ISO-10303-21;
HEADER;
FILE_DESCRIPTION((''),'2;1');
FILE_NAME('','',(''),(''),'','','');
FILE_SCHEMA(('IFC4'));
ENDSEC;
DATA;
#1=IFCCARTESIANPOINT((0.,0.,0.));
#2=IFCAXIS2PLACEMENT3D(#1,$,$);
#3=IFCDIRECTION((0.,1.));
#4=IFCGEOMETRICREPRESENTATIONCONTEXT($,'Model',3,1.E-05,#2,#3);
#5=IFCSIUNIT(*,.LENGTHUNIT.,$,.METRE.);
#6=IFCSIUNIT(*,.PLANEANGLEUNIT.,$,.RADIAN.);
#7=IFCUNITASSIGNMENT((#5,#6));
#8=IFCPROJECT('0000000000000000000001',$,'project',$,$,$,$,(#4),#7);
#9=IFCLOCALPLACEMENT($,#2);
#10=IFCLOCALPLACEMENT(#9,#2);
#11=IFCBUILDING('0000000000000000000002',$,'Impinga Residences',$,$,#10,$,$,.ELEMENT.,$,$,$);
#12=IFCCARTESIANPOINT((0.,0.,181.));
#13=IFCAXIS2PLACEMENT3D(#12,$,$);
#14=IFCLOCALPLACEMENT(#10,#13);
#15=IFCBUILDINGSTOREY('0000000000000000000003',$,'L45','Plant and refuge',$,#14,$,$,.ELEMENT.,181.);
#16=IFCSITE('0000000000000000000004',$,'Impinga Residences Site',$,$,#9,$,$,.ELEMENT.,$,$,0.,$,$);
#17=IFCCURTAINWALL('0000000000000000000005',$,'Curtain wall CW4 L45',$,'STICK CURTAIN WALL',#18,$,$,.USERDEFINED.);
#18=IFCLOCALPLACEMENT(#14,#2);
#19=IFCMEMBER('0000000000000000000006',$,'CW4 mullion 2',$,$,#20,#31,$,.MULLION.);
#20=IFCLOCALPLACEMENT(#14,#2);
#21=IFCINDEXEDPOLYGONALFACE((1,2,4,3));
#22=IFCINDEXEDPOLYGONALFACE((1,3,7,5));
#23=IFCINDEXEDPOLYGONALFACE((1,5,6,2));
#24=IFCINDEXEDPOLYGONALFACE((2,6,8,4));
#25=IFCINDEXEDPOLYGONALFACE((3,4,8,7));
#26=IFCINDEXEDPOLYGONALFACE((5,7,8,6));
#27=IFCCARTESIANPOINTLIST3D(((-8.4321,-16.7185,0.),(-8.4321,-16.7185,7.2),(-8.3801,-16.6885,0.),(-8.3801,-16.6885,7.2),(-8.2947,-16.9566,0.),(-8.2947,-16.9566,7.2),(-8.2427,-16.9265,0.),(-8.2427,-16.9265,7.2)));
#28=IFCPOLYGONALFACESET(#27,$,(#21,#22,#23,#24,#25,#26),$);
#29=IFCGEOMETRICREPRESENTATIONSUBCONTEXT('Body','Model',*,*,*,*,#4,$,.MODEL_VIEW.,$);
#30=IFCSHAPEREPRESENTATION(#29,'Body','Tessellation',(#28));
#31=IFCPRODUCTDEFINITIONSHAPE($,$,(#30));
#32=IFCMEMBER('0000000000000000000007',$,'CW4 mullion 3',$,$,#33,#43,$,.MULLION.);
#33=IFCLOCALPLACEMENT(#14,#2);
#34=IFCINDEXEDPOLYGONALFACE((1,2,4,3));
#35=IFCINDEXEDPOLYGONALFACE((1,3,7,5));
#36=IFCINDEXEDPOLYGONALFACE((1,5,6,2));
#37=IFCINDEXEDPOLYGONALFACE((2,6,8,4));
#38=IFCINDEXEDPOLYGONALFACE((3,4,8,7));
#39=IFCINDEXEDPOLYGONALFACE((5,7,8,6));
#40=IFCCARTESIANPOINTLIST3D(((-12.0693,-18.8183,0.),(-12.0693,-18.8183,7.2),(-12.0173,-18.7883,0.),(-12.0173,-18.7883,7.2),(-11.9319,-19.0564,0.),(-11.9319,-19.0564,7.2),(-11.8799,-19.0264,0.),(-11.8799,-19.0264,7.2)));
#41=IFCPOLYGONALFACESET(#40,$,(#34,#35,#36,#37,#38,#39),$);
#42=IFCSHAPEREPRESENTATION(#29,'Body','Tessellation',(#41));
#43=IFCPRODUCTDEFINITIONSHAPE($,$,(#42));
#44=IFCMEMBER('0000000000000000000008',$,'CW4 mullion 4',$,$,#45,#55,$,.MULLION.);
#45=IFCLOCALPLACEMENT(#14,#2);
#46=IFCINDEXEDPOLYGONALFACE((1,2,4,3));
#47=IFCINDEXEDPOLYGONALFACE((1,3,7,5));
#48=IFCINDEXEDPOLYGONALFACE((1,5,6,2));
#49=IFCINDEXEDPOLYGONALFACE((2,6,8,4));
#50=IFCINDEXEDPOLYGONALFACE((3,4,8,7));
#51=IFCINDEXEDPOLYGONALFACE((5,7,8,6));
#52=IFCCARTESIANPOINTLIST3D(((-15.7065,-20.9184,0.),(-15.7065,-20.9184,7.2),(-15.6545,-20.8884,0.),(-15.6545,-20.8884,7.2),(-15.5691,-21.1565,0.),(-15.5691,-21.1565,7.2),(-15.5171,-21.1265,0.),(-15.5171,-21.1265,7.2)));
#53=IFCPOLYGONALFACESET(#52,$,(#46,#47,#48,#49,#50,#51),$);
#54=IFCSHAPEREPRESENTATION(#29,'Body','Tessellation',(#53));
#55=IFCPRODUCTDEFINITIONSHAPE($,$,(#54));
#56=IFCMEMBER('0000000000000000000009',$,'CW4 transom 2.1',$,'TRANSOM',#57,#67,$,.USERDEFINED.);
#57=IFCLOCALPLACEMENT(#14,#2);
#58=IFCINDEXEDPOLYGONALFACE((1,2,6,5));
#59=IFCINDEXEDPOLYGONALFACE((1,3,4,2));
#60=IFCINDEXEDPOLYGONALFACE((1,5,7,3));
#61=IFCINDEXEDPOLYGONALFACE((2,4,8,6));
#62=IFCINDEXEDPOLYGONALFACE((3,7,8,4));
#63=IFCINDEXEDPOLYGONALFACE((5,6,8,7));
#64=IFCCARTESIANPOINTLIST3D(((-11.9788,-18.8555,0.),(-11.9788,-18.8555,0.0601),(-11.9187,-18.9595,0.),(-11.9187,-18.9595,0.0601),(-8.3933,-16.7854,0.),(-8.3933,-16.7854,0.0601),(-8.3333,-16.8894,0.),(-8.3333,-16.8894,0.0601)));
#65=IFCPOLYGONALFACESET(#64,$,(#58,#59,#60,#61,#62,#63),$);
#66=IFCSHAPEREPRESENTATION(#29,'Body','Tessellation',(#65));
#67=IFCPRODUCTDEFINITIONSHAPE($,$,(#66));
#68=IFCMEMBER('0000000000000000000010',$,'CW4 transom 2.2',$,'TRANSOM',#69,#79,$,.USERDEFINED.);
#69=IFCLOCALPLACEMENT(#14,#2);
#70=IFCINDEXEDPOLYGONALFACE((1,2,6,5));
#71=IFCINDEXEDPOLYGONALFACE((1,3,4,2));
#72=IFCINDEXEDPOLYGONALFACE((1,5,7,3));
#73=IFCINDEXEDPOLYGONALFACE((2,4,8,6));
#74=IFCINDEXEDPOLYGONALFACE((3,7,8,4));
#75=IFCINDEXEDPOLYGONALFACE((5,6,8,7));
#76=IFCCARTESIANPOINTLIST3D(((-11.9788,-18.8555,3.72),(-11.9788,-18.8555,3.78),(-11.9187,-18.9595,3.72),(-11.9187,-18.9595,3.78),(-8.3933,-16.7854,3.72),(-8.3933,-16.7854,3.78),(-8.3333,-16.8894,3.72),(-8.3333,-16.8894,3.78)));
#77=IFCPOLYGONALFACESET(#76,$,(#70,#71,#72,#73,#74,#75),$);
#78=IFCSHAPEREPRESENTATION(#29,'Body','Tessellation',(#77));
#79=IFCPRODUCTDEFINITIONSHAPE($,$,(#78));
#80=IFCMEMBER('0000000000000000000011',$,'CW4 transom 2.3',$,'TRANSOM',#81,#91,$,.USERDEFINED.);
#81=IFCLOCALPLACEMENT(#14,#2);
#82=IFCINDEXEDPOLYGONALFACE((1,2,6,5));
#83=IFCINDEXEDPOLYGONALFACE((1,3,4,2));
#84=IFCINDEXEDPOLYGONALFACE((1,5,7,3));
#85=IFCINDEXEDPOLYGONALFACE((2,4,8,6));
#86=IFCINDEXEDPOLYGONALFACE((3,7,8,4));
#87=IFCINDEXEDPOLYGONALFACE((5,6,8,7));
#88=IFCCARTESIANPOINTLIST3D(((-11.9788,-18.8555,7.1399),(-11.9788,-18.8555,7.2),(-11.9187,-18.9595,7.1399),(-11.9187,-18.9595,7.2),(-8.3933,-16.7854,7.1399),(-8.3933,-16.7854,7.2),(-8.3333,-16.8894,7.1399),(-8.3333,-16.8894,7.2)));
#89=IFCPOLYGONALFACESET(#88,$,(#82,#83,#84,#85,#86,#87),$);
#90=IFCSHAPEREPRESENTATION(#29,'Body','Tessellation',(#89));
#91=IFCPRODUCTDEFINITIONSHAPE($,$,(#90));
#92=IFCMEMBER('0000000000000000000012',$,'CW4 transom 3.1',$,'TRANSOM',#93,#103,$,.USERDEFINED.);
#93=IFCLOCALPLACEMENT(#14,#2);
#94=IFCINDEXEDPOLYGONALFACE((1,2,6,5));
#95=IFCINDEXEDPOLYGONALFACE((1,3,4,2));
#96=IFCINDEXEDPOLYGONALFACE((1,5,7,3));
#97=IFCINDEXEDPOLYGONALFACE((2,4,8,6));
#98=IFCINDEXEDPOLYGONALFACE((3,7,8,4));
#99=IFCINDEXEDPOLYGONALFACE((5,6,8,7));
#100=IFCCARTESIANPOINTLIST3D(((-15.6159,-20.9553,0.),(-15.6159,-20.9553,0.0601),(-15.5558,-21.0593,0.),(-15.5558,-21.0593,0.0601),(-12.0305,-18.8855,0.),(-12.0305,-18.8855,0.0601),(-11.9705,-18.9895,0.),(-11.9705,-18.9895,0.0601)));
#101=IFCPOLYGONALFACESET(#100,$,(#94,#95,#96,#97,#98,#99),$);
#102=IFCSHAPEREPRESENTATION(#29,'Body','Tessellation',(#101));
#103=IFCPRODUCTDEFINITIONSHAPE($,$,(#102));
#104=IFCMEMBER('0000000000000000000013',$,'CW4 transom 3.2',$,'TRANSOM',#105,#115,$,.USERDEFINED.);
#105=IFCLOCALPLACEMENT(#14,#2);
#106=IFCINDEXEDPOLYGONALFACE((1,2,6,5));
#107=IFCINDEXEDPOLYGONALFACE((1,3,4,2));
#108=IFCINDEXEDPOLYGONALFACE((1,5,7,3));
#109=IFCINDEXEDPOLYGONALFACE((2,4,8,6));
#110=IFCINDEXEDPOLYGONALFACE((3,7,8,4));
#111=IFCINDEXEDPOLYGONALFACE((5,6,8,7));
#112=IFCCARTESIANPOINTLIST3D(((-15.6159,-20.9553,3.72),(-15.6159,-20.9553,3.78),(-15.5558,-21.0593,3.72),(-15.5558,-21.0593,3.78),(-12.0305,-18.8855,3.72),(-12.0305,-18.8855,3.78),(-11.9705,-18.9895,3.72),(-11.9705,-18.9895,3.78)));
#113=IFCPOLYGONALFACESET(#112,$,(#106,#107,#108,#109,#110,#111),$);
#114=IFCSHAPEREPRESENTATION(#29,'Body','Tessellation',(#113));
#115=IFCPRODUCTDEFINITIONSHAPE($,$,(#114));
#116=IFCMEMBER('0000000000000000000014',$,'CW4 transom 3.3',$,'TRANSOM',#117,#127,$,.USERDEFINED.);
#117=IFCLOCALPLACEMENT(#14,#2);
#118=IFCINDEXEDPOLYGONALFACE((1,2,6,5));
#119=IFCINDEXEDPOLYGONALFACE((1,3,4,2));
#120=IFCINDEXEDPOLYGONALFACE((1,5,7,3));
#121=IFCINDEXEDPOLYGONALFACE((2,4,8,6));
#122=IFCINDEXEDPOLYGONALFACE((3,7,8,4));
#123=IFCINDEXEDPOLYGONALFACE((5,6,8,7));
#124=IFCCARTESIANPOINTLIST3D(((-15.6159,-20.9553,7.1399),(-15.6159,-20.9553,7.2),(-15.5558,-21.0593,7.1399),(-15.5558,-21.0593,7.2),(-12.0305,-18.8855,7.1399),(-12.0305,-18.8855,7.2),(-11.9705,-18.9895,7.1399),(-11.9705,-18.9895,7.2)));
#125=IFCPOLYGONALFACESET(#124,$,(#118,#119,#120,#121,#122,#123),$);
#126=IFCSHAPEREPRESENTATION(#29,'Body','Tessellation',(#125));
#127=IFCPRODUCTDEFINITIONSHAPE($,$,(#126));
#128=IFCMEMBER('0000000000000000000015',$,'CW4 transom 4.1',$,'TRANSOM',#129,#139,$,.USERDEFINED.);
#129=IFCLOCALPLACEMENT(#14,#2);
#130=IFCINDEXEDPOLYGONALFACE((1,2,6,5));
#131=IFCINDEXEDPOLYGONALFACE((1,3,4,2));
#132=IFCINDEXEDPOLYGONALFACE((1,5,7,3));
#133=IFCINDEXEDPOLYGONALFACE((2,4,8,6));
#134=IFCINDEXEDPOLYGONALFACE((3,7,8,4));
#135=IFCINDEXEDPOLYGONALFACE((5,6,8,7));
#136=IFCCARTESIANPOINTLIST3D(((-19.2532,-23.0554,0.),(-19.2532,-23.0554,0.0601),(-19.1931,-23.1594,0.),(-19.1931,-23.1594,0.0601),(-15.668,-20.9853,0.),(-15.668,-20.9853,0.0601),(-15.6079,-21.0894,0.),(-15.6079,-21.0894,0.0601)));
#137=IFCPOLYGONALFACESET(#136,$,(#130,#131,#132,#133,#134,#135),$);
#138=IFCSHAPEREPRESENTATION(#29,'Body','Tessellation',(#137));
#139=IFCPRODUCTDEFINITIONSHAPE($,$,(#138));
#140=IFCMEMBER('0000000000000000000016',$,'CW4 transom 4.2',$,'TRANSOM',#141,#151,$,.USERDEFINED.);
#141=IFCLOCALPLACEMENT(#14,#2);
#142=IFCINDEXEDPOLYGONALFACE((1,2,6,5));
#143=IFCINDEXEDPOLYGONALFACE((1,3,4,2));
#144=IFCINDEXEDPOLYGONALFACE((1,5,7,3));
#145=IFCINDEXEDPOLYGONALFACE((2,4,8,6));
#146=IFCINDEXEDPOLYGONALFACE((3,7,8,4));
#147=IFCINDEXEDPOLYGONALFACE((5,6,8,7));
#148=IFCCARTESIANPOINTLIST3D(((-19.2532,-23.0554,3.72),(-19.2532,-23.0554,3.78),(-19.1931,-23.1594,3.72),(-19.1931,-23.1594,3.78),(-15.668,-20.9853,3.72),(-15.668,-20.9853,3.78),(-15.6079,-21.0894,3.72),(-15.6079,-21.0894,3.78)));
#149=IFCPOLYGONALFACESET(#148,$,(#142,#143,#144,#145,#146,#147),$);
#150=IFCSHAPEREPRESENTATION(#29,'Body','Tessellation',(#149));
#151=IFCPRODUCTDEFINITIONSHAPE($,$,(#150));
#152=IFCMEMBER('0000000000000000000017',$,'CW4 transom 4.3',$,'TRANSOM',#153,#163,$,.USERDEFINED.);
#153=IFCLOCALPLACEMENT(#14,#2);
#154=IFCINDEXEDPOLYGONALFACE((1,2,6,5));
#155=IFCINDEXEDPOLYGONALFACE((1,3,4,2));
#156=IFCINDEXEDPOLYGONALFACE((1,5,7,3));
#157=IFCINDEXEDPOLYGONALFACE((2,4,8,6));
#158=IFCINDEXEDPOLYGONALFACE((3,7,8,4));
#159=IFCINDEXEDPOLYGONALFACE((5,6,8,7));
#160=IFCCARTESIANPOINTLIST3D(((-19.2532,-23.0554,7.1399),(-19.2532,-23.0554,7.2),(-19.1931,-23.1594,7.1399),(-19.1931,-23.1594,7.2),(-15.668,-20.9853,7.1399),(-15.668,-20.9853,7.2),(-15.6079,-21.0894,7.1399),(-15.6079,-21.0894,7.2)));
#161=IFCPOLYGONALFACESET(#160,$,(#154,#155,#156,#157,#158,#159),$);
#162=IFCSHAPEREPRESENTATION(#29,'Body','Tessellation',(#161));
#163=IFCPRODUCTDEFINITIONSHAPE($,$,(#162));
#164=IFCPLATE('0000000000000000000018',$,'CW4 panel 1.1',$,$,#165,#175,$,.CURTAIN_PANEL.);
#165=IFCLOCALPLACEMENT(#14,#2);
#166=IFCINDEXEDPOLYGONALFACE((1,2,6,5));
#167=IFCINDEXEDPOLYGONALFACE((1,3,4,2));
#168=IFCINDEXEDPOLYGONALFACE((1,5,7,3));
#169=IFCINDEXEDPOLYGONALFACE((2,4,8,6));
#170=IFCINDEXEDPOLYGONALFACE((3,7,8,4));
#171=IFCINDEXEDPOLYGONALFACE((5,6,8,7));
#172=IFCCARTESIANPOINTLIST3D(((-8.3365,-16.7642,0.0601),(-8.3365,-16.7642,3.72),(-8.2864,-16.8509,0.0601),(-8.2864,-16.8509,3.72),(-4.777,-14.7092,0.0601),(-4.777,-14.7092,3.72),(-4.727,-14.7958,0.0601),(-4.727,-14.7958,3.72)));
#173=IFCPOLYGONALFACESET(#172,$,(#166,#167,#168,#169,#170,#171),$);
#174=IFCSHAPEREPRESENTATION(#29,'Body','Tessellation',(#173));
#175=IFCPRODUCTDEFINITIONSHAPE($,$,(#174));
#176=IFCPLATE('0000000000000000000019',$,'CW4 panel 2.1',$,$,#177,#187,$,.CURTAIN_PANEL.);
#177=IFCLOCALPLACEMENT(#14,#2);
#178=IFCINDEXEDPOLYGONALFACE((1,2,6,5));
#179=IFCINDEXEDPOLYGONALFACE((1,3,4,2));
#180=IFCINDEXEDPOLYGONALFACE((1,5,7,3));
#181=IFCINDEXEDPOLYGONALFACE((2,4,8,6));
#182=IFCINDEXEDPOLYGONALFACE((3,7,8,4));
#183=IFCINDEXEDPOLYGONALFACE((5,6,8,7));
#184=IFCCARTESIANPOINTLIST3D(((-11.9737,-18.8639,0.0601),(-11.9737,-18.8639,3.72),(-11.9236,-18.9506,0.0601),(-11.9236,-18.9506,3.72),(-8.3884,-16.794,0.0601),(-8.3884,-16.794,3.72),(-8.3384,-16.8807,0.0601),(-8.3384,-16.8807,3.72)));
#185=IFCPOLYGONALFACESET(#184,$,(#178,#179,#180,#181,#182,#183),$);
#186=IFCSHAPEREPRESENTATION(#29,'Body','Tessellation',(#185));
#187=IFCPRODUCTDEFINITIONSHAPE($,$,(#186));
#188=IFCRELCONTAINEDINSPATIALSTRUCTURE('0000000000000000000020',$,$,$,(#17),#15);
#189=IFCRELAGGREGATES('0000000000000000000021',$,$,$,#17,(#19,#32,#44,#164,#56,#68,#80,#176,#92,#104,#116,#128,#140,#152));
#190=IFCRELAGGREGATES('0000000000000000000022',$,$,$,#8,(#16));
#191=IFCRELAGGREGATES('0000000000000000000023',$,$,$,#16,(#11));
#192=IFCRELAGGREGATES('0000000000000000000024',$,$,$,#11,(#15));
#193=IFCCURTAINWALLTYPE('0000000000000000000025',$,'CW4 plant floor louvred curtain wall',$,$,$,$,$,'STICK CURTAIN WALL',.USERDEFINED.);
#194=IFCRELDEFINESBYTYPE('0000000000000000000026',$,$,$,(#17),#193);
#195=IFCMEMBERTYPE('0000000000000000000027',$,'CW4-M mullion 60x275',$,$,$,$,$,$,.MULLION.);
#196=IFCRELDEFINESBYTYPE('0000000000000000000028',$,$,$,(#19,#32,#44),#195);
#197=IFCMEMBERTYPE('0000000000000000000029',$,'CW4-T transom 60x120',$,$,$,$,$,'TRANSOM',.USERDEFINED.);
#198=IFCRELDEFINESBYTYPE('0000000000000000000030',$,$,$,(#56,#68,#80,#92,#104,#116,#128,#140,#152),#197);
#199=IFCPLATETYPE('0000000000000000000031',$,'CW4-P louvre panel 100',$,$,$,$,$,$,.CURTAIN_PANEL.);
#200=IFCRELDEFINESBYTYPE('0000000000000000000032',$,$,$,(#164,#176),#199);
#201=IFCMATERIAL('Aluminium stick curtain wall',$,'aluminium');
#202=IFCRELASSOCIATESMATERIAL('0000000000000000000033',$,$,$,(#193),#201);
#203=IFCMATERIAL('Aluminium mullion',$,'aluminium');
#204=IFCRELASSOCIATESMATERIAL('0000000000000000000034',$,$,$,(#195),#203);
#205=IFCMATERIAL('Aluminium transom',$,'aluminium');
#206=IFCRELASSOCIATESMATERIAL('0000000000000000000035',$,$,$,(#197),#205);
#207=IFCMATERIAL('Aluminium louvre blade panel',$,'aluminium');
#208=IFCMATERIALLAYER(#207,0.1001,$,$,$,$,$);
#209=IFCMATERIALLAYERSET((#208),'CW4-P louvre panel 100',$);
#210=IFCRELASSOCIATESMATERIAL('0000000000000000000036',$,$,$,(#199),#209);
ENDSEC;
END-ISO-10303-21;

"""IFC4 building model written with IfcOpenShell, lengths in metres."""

from ifc_helpers import new_model, si_unit, direction, frame, origin, origin_2d, place, context, subcontext, project, spatial, rectangle, extrude, material, layer, layer_set, material_profile, profile_set, type_object, element, aggregate, save


model = new_model("IFC4")

# Units and contexts
model_context = context("Model", 3, precision=1e-05, world=origin(), true_north=direction((0.0, 1.0)))
body_context = subcontext(model_context, "Body", "Model", "MODEL_VIEW")
ifc_project = project(units=[si_unit("LENGTHUNIT", "METRE"), si_unit("PLANEANGLEUNIT", "RADIAN")], contexts=[model_context])

# Site, building, storey
site_placement = place(None, origin())
site = spatial("IfcSite", under=ifc_project, at=site_placement, Name="Impinga Residences Site", CompositionType="ELEMENT", RefElevation=0.0)
building_placement = place(site_placement, origin())
building = spatial("IfcBuilding", under=site, at=building_placement, Name="Impinga Residences", CompositionType="ELEMENT")
storey_placement = place(building_placement, frame((0.0, 0.0, 181.0)))
storey = spatial("IfcBuildingStorey", under=building, at=storey_placement, Name="L45", Description="Plant and refuge", CompositionType="ELEMENT", Elevation=181.0)

# Curtain wall, members, plates
ifc_material_1 = material(Name="Aluminium stick curtain wall", Category="aluminium")
curtain_wall_type = type_object("IfcCurtainWallType", Name="CW4 plant floor louvred curtain wall", ElementType="STICK CURTAIN WALL", PredefinedType="USERDEFINED", material=ifc_material_1)
curtain_wall_placement = place(storey_placement, origin())
curtain_wall = element("IfcCurtainWall", 1, at=curtain_wall_placement, inside=storey, type_object=curtain_wall_type, Name="Curtain wall CW4 L45", ObjectType="STICK CURTAIN WALL", PredefinedType="USERDEFINED")
ifc_material_2 = material(Name="Aluminium mullion", Category="aluminium")
ifc_material_profile_1 = material_profile(ifc_material_2, rectangle(XDim=0.0601, YDim=0.2749, at=origin_2d()), Name="60x275 mullion")
ifc_profile_set_1 = profile_set([ifc_material_profile_1], Name="Aluminium mullion")
member_type_1 = type_object("IfcMemberType", Name="CW4-M mullion 60x275", PredefinedType="MULLION", material=ifc_profile_set_1)
member_1_placement = place(storey_placement, frame((-8.3374, -16.8225, 0.0), z_axis=(0.0, 0.0, 1.0), x_axis=(-0.866025, -0.5, 0.0)))
member_1 = element("IfcMember", 2, at=member_1_placement, type_object=member_type_1, Name="CW4 mullion 2", PredefinedType="MULLION", context=body_context, shape_type="SweptSolid", body=[
    extrude(rectangle(XDim=0.0601, YDim=0.2749, at=origin_2d()), origin(), (0.0, 0.0, 1.0), 7.2),
])
member_2_placement = place(storey_placement, frame((-11.9746, -18.9224, 0.0), z_axis=(0.0, 0.0, 1.0), x_axis=(-0.866025, -0.5, 0.0)))
member_2 = element("IfcMember", 3, at=member_2_placement, type_object=member_type_1, Name="CW4 mullion 3", PredefinedType="MULLION", context=body_context, shape_type="SweptSolid", body=[
    extrude(rectangle(XDim=0.0601, YDim=0.2749, at=origin_2d()), origin(), (0.0, 0.0, 1.0), 7.2),
])
member_3_placement = place(storey_placement, frame((-15.6118, -21.0225, 0.0), z_axis=(0.0, 0.0, 1.0), x_axis=(-0.866025, -0.5, 0.0)))
member_3 = element("IfcMember", 4, at=member_3_placement, type_object=member_type_1, Name="CW4 mullion 4", PredefinedType="MULLION", context=body_context, shape_type="SweptSolid", body=[
    extrude(rectangle(XDim=0.0601, YDim=0.2749, at=origin_2d()), origin(), (0.0, 0.0, 1.0), 7.2),
])
ifc_material_3 = material(Name="Aluminium transom", Category="aluminium")
ifc_material_profile_2 = material_profile(ifc_material_3, rectangle(XDim=0.0601, YDim=0.1201, at=origin_2d()), Name="60x120 transom")
ifc_profile_set_2 = profile_set([ifc_material_profile_2], Name="Aluminium transom")
member_type_2 = type_object("IfcMemberType", Name="CW4-T transom 60x120", ElementType="TRANSOM", PredefinedType="USERDEFINED", material=ifc_profile_set_2)
member_4_placement = place(storey_placement, frame((-8.3633, -16.8374, 0.03), z_axis=(-0.866025, -0.500002, 0.0), x_axis=(0.0, 0.0, 1.0)))
member_4 = element("IfcMember", 5, at=member_4_placement, type_object=member_type_2, Name="CW4 transom 2.1", ObjectType="TRANSOM", PredefinedType="USERDEFINED", context=body_context, shape_type="SweptSolid", body=[
    extrude(rectangle(XDim=0.0601, YDim=0.1201, at=origin_2d()), origin(), (0.0, 0.0, 1.0), 4.1401),
])
member_5_placement = place(storey_placement, frame((-8.3633, -16.8374, 3.75), z_axis=(-0.866025, -0.500002, 0.0), x_axis=(0.0, 0.0, 1.0)))
member_5 = element("IfcMember", 6, at=member_5_placement, type_object=member_type_2, Name="CW4 transom 2.2", ObjectType="TRANSOM", PredefinedType="USERDEFINED", context=body_context, shape_type="SweptSolid", body=[
    extrude(rectangle(XDim=0.0601, YDim=0.1201, at=origin_2d()), origin(), (0.0, 0.0, 1.0), 4.1401),
])
member_6_placement = place(storey_placement, frame((-8.3633, -16.8374, 7.1699), z_axis=(-0.866025, -0.500002, 0.0), x_axis=(0.0, 0.0, 1.0)))
member_6 = element("IfcMember", 7, at=member_6_placement, type_object=member_type_2, Name="CW4 transom 2.3", ObjectType="TRANSOM", PredefinedType="USERDEFINED", context=body_context, shape_type="SweptSolid", body=[
    extrude(rectangle(XDim=0.0601, YDim=0.1201, at=origin_2d()), origin(), (0.0, 0.0, 1.0), 4.1401),
])
member_7_placement = place(storey_placement, frame((-12.0005, -18.9375, 0.03), z_axis=(-0.86605, -0.499957, 0.0), x_axis=(0.0, 0.0, 1.0)))
member_7 = element("IfcMember", 8, at=member_7_placement, type_object=member_type_2, Name="CW4 transom 3.1", ObjectType="TRANSOM", PredefinedType="USERDEFINED", context=body_context, shape_type="SweptSolid", body=[
    extrude(rectangle(XDim=0.0601, YDim=0.1201, at=origin_2d()), origin(), (0.0, 0.0, 1.0), 4.1399),
])
member_8_placement = place(storey_placement, frame((-12.0005, -18.9375, 3.75), z_axis=(-0.86605, -0.499957, 0.0), x_axis=(0.0, 0.0, 1.0)))
member_8 = element("IfcMember", 9, at=member_8_placement, type_object=member_type_2, Name="CW4 transom 3.2", ObjectType="TRANSOM", PredefinedType="USERDEFINED", context=body_context, shape_type="SweptSolid", body=[
    extrude(rectangle(XDim=0.0601, YDim=0.1201, at=origin_2d()), origin(), (0.0, 0.0, 1.0), 4.1399),
])
member_9_placement = place(storey_placement, frame((-12.0005, -18.9375, 7.1699), z_axis=(-0.86605, -0.499957, 0.0), x_axis=(0.0, 0.0, 1.0)))
member_9 = element("IfcMember", 10, at=member_9_placement, type_object=member_type_2, Name="CW4 transom 3.3", ObjectType="TRANSOM", PredefinedType="USERDEFINED", context=body_context, shape_type="SweptSolid", body=[
    extrude(rectangle(XDim=0.0601, YDim=0.1201, at=origin_2d()), origin(), (0.0, 0.0, 1.0), 4.1399),
])
member_10_placement = place(storey_placement, frame((-15.6379, -21.0374, 0.03), z_axis=(-0.86601, -0.500027, 0.0), x_axis=(0.0, 0.0, 1.0)))
member_10 = element("IfcMember", 11, at=member_10_placement, type_object=member_type_2, Name="CW4 transom 4.1", ObjectType="TRANSOM", PredefinedType="USERDEFINED", context=body_context, shape_type="SweptSolid", body=[
    extrude(rectangle(XDim=0.0601, YDim=0.1201, at=origin_2d()), origin(), (0.0, 0.0, 1.0), 4.1399),
])
member_11_placement = place(storey_placement, frame((-15.6379, -21.0374, 3.75), z_axis=(-0.86601, -0.500027, 0.0), x_axis=(0.0, 0.0, 1.0)))
member_11 = element("IfcMember", 12, at=member_11_placement, type_object=member_type_2, Name="CW4 transom 4.2", ObjectType="TRANSOM", PredefinedType="USERDEFINED", context=body_context, shape_type="SweptSolid", body=[
    extrude(rectangle(XDim=0.0601, YDim=0.1201, at=origin_2d()), origin(), (0.0, 0.0, 1.0), 4.1399),
])
member_12_placement = place(storey_placement, frame((-15.6379, -21.0374, 7.1699), z_axis=(-0.86601, -0.500027, 0.0), x_axis=(0.0, 0.0, 1.0)))
member_12 = element("IfcMember", 13, at=member_12_placement, type_object=member_type_2, Name="CW4 transom 4.3", ObjectType="TRANSOM", PredefinedType="USERDEFINED", context=body_context, shape_type="SweptSolid", body=[
    extrude(rectangle(XDim=0.0601, YDim=0.1201, at=origin_2d()), origin(), (0.0, 0.0, 1.0), 4.1399),
])
ifc_material_4 = material(Name="Aluminium louvre blade panel", Category="aluminium")
ifc_layer_1 = layer(ifc_material_4, 0.1001)
ifc_layer_set_1 = layer_set([ifc_layer_1], Name="CW4-P louvre panel 100")
plate_type = type_object("IfcPlateType", Name="CW4-P louvre panel 100", PredefinedType="CURTAIN_PANEL", material=ifc_layer_set_1)
plate_1_placement = place(storey_placement, frame((-6.5317, -15.78, 0.0601), z_axis=(0.0, 0.0, 1.0), x_axis=(-0.866025, -0.5, 0.0)))
plate_1 = element("IfcPlate", 14, at=plate_1_placement, type_object=plate_type, Name="CW4 panel 1.1", PredefinedType="CURTAIN_PANEL", context=body_context, shape_type="SweptSolid", body=[
    extrude(rectangle(XDim=4.1101, YDim=0.1001, at=origin_2d()), origin(), (0.0, 0.0, 1.0), 3.6599),
])
plate_2_placement = place(storey_placement, frame((-10.156, -17.8723, 0.0601), z_axis=(0.0, 0.0, 1.0), x_axis=(-0.866025, -0.5, 0.0)))
plate_2 = element("IfcPlate", 15, at=plate_2_placement, type_object=plate_type, Name="CW4 panel 2.1", PredefinedType="CURTAIN_PANEL", context=body_context, shape_type="SweptSolid", body=[
    extrude(rectangle(XDim=4.1399, YDim=0.1001, at=origin_2d()), origin(), (0.0, 0.0, 1.0), 3.6599),
])
aggregate(curtain_wall, [member_1, member_2, member_3, plate_1, member_4, member_5, member_6, plate_2, member_7, member_8, member_9, member_10, member_11, member_12])

save(model, "model.ifc")
